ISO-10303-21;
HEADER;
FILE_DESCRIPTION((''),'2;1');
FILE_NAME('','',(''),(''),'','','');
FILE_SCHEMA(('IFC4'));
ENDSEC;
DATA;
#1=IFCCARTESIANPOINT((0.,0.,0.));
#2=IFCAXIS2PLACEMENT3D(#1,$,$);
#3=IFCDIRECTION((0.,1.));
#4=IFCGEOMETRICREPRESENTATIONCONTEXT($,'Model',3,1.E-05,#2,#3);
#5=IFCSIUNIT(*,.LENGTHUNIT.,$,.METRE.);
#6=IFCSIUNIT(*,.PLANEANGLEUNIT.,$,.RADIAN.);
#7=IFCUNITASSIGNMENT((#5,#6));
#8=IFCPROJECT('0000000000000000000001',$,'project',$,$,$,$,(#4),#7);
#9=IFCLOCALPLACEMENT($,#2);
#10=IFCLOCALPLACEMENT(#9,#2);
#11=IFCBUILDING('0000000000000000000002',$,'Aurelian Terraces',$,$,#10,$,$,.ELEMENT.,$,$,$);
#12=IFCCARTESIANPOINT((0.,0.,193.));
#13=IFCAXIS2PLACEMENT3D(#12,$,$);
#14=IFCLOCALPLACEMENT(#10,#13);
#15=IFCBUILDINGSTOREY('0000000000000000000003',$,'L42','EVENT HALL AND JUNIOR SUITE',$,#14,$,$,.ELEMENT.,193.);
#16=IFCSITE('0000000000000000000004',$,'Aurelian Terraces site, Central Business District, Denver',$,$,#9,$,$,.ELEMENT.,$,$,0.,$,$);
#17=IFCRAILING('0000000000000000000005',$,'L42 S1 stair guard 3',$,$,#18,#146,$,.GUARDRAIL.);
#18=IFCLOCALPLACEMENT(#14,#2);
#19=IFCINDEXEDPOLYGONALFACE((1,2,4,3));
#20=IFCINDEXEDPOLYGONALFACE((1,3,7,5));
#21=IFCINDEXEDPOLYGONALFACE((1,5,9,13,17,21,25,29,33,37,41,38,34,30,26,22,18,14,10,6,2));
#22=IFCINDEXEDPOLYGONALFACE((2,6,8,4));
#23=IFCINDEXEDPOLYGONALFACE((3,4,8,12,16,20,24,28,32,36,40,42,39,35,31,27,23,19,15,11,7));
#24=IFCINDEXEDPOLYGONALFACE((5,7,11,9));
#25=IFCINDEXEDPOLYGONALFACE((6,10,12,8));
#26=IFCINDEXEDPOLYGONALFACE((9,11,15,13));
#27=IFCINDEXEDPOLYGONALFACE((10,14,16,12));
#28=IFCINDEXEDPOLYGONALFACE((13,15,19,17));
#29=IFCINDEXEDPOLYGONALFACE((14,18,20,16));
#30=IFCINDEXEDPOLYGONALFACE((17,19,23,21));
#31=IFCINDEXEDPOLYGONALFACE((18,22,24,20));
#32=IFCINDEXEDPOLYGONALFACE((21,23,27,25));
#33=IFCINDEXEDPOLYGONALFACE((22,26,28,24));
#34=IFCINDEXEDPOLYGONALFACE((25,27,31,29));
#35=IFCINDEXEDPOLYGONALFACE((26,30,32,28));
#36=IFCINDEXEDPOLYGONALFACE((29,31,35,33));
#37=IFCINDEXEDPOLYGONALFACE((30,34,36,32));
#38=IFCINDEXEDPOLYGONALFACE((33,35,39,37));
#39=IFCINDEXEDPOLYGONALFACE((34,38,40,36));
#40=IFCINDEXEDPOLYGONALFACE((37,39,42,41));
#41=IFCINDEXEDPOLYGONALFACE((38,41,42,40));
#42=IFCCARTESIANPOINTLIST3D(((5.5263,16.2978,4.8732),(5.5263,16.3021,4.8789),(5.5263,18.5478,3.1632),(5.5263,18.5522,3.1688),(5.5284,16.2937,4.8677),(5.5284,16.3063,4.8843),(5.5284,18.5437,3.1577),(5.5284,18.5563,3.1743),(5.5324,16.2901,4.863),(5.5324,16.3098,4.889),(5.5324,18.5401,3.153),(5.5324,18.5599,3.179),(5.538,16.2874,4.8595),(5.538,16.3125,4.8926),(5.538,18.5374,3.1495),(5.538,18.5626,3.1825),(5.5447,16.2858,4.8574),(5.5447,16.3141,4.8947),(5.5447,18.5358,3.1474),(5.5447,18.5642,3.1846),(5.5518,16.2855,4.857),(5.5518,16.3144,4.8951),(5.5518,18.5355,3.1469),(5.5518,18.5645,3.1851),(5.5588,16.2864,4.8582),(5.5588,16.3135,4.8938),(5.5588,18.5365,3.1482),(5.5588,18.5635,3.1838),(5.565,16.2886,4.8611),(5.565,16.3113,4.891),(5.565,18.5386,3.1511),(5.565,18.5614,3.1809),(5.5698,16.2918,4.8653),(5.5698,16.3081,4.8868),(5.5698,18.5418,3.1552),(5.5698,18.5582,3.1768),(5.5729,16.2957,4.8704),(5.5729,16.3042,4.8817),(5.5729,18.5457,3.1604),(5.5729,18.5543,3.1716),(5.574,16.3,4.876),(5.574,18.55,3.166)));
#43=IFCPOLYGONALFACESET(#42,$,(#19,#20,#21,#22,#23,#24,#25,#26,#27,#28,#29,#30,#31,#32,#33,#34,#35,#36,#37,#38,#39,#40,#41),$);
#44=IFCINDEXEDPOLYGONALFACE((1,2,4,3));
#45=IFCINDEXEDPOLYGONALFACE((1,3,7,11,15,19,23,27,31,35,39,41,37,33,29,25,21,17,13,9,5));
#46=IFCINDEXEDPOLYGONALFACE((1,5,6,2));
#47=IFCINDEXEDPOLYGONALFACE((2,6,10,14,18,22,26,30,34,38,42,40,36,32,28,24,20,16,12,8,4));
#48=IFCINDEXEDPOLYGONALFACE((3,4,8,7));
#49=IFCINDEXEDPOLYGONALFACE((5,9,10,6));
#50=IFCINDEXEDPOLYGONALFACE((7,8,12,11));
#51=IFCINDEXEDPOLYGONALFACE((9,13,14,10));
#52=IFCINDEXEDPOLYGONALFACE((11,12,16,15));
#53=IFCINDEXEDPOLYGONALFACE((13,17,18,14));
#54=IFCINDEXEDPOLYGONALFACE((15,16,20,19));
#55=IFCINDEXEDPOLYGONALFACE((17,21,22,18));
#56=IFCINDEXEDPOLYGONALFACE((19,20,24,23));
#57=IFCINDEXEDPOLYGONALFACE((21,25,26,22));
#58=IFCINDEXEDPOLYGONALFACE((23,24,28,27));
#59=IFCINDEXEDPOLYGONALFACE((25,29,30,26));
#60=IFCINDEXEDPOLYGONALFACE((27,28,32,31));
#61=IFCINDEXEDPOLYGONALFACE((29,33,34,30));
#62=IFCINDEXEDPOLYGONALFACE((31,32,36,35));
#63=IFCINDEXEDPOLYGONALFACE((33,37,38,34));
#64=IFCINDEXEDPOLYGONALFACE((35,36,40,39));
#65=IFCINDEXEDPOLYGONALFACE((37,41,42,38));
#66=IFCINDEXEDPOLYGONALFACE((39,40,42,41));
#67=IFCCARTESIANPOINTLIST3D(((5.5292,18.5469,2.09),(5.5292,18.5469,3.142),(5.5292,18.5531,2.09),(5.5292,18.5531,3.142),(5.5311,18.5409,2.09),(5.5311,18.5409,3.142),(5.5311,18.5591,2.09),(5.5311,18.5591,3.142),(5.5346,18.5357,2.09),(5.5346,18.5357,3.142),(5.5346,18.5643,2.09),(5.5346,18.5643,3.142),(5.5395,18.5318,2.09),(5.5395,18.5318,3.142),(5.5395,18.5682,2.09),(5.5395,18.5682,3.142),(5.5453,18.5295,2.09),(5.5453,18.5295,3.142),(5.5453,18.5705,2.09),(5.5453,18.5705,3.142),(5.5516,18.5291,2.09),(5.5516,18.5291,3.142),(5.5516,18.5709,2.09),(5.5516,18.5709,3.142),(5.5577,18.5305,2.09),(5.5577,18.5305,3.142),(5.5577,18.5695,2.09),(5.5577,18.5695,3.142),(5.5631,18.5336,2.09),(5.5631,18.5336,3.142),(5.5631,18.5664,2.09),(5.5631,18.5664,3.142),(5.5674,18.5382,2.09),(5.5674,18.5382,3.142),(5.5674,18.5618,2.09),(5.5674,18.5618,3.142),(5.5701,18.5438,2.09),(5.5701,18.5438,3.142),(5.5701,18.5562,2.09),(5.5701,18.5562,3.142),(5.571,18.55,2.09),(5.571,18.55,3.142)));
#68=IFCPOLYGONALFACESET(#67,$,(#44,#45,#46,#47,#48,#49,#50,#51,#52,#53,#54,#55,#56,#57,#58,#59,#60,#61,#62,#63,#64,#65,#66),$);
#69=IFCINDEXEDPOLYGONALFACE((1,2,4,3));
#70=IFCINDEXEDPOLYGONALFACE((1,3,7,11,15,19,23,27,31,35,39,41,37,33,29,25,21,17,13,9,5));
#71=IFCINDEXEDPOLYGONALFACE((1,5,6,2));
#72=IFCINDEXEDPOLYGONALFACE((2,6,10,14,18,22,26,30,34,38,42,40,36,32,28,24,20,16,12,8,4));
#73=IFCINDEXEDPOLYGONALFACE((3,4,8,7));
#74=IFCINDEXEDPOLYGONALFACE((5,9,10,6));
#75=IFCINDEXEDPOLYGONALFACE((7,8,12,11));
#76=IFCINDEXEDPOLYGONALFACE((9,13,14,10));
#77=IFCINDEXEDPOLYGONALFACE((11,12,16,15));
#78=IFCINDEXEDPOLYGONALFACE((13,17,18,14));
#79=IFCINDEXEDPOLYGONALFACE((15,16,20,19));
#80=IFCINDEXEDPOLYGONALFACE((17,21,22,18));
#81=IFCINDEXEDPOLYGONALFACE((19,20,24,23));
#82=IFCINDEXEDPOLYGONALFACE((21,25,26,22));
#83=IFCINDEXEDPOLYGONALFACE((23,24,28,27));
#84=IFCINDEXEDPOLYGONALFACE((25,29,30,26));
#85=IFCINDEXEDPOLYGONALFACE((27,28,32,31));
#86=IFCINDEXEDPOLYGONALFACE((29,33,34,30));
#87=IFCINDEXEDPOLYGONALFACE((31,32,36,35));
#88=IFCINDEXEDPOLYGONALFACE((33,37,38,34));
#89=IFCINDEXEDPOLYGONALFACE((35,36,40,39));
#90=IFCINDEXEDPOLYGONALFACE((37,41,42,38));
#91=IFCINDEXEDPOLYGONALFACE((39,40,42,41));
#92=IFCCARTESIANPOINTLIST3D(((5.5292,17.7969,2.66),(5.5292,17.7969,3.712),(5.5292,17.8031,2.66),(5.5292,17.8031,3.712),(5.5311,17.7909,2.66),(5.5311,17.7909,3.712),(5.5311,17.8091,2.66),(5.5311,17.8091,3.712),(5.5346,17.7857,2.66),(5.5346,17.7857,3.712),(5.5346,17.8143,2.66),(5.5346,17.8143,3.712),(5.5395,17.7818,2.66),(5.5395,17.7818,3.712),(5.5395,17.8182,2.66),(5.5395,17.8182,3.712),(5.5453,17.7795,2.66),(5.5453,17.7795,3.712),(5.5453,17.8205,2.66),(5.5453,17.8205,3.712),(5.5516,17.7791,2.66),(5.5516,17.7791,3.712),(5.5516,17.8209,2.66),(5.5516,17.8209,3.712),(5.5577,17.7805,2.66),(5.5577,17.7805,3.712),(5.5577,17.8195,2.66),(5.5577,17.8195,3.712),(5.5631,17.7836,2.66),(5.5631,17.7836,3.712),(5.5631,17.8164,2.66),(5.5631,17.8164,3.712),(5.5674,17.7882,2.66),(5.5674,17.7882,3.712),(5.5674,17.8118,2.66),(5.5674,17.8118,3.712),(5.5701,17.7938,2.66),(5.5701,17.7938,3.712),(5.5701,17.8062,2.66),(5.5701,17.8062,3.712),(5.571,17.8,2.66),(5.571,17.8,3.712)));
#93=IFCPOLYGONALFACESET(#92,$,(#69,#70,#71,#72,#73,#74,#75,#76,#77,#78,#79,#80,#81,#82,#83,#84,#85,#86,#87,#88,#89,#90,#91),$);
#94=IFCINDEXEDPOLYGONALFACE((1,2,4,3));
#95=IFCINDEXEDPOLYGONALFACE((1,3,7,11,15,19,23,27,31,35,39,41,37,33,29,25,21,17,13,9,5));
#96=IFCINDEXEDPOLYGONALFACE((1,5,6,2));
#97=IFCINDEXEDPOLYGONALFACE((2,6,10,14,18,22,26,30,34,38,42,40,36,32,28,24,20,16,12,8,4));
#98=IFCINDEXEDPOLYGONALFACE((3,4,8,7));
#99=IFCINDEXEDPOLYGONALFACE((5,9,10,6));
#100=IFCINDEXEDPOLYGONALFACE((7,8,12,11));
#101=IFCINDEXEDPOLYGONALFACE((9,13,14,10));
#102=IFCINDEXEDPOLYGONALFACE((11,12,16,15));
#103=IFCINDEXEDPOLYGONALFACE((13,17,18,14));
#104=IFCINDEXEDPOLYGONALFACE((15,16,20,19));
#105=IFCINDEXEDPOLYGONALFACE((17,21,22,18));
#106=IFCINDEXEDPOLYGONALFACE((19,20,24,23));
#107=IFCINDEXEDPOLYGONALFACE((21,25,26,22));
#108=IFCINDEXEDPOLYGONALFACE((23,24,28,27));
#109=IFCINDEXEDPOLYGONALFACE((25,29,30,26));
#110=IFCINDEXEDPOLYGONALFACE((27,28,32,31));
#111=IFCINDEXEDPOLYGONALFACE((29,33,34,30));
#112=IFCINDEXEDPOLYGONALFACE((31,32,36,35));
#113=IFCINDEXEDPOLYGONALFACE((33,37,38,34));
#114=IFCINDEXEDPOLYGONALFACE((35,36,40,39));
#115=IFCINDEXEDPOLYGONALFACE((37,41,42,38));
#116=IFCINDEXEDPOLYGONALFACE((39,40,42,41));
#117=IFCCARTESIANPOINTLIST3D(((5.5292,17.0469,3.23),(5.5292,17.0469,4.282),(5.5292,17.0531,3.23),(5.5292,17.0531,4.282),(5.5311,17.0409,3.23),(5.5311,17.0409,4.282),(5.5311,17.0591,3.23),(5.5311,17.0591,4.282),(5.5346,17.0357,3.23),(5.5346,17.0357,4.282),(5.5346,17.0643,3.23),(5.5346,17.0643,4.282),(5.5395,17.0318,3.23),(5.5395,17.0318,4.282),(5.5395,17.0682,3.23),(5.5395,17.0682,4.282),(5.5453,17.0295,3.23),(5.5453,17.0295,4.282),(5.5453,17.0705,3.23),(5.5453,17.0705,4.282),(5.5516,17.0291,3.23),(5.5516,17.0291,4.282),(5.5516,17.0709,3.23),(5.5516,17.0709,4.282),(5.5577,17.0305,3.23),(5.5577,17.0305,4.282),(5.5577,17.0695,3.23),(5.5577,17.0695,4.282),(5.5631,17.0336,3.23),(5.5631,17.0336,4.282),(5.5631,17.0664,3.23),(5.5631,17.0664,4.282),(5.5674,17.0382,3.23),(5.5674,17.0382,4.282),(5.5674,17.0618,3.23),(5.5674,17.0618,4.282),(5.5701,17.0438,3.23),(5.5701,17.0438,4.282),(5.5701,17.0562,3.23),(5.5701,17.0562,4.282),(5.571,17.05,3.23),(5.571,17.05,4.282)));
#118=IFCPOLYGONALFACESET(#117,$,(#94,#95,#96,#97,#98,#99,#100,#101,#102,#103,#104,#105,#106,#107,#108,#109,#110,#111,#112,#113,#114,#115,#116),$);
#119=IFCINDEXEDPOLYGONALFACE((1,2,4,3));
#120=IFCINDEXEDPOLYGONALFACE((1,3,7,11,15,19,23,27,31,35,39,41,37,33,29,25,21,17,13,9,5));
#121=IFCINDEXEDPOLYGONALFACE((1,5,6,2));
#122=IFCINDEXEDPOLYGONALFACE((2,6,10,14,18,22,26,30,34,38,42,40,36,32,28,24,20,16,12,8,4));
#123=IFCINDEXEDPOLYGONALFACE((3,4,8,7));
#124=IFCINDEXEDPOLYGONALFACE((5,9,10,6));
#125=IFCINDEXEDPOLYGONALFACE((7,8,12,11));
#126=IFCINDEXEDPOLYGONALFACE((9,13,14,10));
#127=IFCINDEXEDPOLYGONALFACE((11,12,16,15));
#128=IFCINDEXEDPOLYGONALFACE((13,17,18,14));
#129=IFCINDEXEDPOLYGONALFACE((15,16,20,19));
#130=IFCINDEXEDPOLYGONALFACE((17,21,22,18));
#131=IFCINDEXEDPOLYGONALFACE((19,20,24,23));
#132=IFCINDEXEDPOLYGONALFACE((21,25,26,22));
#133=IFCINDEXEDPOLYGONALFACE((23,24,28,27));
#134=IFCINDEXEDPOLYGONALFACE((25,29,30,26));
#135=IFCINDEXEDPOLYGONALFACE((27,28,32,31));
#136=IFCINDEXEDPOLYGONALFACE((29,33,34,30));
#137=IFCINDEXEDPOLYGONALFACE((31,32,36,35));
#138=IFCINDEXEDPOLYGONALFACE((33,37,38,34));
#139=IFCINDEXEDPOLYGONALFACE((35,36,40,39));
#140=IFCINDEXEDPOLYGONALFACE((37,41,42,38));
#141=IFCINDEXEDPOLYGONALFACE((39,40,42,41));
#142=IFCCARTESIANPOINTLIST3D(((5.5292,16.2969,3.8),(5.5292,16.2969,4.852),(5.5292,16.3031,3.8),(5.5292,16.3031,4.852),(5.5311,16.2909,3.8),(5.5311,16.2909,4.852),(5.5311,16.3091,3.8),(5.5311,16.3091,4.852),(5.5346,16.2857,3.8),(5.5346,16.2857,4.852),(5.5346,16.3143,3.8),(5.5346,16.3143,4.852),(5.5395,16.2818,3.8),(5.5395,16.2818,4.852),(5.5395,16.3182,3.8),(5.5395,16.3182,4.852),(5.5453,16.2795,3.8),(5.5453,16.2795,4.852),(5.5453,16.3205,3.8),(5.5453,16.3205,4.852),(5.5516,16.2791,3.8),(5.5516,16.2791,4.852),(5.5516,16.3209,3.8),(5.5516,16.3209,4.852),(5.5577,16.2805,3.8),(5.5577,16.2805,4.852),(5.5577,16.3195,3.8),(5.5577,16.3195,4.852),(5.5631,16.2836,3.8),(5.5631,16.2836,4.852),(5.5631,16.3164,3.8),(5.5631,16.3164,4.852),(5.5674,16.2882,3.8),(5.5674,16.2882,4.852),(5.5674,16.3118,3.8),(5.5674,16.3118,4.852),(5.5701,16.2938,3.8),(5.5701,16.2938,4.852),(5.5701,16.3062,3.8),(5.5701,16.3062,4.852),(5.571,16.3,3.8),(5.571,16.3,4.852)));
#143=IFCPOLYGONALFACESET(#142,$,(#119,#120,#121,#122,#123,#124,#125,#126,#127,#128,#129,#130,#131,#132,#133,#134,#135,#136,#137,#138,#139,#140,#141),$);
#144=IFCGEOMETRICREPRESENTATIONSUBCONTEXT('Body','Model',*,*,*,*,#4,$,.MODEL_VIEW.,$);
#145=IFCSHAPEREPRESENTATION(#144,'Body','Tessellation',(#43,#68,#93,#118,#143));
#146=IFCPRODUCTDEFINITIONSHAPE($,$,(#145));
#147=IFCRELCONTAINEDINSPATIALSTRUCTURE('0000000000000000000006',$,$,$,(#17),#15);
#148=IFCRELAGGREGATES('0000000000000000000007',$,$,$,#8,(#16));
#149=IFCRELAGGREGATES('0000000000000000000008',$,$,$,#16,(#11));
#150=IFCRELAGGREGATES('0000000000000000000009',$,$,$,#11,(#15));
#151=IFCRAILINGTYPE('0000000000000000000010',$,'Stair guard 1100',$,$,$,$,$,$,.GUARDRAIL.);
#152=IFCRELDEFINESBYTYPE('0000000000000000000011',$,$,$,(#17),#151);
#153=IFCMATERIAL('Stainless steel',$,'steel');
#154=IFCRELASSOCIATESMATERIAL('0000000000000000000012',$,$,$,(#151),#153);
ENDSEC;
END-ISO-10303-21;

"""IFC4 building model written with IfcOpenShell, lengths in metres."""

from ifc_helpers import new_model, si_unit, direction, frame, origin, origin_2d, place, context, subcontext, project, spatial, circle, extrude, source, transform, mapped, material, type_object, element, save


model = new_model("IFC4")

# Units and contexts
model_context = context("Model", 3, precision=1e-05, world=origin(), true_north=direction((0.0, 1.0)))
body_context = subcontext(model_context, "Body", "Model", "MODEL_VIEW")
ifc_project = project(units=[si_unit("LENGTHUNIT", "METRE"), si_unit("PLANEANGLEUNIT", "RADIAN")], contexts=[model_context])

# Site, building, storey
site_placement = place(None, origin())
site = spatial("IfcSite", under=ifc_project, at=site_placement, Name="Aurelian Terraces site, Central Business District, Denver", CompositionType="ELEMENT", RefElevation=0.0)
building_placement = place(site_placement, origin())
building = spatial("IfcBuilding", under=site, at=building_placement, Name="Aurelian Terraces", CompositionType="ELEMENT")
storey_placement = place(building_placement, frame((0.0, 0.0, 193.0)))
storey = spatial("IfcBuildingStorey", under=building, at=storey_placement, Name="L42", Description="EVENT HALL AND JUNIOR SUITE", CompositionType="ELEMENT", Elevation=193.0)

# Railing
ifc_material_1 = material(Name="Stainless steel", Category="steel")
railing_type_1 = type_object("IfcRailingType", Name="Stair guard 1100", PredefinedType="GUARDRAIL", material=ifc_material_1)
shared_shape_1 = source(origin(), body_context, "Body", "SweptSolid", [
    extrude(circle(Radius=0.024, at=origin_2d()), frame((0.0, 0.0, 1.076), z_axis=(0.0, -0.796162, 0.605083), x_axis=(1.0, 0.0, 0.0)), (0.0, 0.0, 1.0), 2.8261),
    extrude(circle(Radius=0.021, at=origin_2d()), origin(), (0.0, 0.0, 1.0), 1.052),
    extrude(circle(Radius=0.021, at=origin_2d()), frame((0.0, -0.75, 0.57)), (0.0, 0.0, 1.0), 1.052),
    extrude(circle(Radius=0.021, at=origin_2d()), frame((0.0, -1.5, 1.14)), (0.0, 0.0, 1.0), 1.052),
    extrude(circle(Radius=0.021, at=origin_2d()), frame((0.0, -2.25, 1.71)), (0.0, 0.0, 1.0), 1.052),
])
railing_1_placement = place(storey_placement, frame((5.55, 18.55, 2.09)))
element("IfcRailing", 1, at=railing_1_placement, inside=storey, type_object=railing_type_1, Name="L42 S1 stair guard 3", PredefinedType="GUARDRAIL", context=body_context, shape_type="MappedRepresentation", body=[
    mapped(shared_shape_1, transform((0.0, 0.0, 0.0), scale=1.0)),
])

save(model, "model.ifc")
